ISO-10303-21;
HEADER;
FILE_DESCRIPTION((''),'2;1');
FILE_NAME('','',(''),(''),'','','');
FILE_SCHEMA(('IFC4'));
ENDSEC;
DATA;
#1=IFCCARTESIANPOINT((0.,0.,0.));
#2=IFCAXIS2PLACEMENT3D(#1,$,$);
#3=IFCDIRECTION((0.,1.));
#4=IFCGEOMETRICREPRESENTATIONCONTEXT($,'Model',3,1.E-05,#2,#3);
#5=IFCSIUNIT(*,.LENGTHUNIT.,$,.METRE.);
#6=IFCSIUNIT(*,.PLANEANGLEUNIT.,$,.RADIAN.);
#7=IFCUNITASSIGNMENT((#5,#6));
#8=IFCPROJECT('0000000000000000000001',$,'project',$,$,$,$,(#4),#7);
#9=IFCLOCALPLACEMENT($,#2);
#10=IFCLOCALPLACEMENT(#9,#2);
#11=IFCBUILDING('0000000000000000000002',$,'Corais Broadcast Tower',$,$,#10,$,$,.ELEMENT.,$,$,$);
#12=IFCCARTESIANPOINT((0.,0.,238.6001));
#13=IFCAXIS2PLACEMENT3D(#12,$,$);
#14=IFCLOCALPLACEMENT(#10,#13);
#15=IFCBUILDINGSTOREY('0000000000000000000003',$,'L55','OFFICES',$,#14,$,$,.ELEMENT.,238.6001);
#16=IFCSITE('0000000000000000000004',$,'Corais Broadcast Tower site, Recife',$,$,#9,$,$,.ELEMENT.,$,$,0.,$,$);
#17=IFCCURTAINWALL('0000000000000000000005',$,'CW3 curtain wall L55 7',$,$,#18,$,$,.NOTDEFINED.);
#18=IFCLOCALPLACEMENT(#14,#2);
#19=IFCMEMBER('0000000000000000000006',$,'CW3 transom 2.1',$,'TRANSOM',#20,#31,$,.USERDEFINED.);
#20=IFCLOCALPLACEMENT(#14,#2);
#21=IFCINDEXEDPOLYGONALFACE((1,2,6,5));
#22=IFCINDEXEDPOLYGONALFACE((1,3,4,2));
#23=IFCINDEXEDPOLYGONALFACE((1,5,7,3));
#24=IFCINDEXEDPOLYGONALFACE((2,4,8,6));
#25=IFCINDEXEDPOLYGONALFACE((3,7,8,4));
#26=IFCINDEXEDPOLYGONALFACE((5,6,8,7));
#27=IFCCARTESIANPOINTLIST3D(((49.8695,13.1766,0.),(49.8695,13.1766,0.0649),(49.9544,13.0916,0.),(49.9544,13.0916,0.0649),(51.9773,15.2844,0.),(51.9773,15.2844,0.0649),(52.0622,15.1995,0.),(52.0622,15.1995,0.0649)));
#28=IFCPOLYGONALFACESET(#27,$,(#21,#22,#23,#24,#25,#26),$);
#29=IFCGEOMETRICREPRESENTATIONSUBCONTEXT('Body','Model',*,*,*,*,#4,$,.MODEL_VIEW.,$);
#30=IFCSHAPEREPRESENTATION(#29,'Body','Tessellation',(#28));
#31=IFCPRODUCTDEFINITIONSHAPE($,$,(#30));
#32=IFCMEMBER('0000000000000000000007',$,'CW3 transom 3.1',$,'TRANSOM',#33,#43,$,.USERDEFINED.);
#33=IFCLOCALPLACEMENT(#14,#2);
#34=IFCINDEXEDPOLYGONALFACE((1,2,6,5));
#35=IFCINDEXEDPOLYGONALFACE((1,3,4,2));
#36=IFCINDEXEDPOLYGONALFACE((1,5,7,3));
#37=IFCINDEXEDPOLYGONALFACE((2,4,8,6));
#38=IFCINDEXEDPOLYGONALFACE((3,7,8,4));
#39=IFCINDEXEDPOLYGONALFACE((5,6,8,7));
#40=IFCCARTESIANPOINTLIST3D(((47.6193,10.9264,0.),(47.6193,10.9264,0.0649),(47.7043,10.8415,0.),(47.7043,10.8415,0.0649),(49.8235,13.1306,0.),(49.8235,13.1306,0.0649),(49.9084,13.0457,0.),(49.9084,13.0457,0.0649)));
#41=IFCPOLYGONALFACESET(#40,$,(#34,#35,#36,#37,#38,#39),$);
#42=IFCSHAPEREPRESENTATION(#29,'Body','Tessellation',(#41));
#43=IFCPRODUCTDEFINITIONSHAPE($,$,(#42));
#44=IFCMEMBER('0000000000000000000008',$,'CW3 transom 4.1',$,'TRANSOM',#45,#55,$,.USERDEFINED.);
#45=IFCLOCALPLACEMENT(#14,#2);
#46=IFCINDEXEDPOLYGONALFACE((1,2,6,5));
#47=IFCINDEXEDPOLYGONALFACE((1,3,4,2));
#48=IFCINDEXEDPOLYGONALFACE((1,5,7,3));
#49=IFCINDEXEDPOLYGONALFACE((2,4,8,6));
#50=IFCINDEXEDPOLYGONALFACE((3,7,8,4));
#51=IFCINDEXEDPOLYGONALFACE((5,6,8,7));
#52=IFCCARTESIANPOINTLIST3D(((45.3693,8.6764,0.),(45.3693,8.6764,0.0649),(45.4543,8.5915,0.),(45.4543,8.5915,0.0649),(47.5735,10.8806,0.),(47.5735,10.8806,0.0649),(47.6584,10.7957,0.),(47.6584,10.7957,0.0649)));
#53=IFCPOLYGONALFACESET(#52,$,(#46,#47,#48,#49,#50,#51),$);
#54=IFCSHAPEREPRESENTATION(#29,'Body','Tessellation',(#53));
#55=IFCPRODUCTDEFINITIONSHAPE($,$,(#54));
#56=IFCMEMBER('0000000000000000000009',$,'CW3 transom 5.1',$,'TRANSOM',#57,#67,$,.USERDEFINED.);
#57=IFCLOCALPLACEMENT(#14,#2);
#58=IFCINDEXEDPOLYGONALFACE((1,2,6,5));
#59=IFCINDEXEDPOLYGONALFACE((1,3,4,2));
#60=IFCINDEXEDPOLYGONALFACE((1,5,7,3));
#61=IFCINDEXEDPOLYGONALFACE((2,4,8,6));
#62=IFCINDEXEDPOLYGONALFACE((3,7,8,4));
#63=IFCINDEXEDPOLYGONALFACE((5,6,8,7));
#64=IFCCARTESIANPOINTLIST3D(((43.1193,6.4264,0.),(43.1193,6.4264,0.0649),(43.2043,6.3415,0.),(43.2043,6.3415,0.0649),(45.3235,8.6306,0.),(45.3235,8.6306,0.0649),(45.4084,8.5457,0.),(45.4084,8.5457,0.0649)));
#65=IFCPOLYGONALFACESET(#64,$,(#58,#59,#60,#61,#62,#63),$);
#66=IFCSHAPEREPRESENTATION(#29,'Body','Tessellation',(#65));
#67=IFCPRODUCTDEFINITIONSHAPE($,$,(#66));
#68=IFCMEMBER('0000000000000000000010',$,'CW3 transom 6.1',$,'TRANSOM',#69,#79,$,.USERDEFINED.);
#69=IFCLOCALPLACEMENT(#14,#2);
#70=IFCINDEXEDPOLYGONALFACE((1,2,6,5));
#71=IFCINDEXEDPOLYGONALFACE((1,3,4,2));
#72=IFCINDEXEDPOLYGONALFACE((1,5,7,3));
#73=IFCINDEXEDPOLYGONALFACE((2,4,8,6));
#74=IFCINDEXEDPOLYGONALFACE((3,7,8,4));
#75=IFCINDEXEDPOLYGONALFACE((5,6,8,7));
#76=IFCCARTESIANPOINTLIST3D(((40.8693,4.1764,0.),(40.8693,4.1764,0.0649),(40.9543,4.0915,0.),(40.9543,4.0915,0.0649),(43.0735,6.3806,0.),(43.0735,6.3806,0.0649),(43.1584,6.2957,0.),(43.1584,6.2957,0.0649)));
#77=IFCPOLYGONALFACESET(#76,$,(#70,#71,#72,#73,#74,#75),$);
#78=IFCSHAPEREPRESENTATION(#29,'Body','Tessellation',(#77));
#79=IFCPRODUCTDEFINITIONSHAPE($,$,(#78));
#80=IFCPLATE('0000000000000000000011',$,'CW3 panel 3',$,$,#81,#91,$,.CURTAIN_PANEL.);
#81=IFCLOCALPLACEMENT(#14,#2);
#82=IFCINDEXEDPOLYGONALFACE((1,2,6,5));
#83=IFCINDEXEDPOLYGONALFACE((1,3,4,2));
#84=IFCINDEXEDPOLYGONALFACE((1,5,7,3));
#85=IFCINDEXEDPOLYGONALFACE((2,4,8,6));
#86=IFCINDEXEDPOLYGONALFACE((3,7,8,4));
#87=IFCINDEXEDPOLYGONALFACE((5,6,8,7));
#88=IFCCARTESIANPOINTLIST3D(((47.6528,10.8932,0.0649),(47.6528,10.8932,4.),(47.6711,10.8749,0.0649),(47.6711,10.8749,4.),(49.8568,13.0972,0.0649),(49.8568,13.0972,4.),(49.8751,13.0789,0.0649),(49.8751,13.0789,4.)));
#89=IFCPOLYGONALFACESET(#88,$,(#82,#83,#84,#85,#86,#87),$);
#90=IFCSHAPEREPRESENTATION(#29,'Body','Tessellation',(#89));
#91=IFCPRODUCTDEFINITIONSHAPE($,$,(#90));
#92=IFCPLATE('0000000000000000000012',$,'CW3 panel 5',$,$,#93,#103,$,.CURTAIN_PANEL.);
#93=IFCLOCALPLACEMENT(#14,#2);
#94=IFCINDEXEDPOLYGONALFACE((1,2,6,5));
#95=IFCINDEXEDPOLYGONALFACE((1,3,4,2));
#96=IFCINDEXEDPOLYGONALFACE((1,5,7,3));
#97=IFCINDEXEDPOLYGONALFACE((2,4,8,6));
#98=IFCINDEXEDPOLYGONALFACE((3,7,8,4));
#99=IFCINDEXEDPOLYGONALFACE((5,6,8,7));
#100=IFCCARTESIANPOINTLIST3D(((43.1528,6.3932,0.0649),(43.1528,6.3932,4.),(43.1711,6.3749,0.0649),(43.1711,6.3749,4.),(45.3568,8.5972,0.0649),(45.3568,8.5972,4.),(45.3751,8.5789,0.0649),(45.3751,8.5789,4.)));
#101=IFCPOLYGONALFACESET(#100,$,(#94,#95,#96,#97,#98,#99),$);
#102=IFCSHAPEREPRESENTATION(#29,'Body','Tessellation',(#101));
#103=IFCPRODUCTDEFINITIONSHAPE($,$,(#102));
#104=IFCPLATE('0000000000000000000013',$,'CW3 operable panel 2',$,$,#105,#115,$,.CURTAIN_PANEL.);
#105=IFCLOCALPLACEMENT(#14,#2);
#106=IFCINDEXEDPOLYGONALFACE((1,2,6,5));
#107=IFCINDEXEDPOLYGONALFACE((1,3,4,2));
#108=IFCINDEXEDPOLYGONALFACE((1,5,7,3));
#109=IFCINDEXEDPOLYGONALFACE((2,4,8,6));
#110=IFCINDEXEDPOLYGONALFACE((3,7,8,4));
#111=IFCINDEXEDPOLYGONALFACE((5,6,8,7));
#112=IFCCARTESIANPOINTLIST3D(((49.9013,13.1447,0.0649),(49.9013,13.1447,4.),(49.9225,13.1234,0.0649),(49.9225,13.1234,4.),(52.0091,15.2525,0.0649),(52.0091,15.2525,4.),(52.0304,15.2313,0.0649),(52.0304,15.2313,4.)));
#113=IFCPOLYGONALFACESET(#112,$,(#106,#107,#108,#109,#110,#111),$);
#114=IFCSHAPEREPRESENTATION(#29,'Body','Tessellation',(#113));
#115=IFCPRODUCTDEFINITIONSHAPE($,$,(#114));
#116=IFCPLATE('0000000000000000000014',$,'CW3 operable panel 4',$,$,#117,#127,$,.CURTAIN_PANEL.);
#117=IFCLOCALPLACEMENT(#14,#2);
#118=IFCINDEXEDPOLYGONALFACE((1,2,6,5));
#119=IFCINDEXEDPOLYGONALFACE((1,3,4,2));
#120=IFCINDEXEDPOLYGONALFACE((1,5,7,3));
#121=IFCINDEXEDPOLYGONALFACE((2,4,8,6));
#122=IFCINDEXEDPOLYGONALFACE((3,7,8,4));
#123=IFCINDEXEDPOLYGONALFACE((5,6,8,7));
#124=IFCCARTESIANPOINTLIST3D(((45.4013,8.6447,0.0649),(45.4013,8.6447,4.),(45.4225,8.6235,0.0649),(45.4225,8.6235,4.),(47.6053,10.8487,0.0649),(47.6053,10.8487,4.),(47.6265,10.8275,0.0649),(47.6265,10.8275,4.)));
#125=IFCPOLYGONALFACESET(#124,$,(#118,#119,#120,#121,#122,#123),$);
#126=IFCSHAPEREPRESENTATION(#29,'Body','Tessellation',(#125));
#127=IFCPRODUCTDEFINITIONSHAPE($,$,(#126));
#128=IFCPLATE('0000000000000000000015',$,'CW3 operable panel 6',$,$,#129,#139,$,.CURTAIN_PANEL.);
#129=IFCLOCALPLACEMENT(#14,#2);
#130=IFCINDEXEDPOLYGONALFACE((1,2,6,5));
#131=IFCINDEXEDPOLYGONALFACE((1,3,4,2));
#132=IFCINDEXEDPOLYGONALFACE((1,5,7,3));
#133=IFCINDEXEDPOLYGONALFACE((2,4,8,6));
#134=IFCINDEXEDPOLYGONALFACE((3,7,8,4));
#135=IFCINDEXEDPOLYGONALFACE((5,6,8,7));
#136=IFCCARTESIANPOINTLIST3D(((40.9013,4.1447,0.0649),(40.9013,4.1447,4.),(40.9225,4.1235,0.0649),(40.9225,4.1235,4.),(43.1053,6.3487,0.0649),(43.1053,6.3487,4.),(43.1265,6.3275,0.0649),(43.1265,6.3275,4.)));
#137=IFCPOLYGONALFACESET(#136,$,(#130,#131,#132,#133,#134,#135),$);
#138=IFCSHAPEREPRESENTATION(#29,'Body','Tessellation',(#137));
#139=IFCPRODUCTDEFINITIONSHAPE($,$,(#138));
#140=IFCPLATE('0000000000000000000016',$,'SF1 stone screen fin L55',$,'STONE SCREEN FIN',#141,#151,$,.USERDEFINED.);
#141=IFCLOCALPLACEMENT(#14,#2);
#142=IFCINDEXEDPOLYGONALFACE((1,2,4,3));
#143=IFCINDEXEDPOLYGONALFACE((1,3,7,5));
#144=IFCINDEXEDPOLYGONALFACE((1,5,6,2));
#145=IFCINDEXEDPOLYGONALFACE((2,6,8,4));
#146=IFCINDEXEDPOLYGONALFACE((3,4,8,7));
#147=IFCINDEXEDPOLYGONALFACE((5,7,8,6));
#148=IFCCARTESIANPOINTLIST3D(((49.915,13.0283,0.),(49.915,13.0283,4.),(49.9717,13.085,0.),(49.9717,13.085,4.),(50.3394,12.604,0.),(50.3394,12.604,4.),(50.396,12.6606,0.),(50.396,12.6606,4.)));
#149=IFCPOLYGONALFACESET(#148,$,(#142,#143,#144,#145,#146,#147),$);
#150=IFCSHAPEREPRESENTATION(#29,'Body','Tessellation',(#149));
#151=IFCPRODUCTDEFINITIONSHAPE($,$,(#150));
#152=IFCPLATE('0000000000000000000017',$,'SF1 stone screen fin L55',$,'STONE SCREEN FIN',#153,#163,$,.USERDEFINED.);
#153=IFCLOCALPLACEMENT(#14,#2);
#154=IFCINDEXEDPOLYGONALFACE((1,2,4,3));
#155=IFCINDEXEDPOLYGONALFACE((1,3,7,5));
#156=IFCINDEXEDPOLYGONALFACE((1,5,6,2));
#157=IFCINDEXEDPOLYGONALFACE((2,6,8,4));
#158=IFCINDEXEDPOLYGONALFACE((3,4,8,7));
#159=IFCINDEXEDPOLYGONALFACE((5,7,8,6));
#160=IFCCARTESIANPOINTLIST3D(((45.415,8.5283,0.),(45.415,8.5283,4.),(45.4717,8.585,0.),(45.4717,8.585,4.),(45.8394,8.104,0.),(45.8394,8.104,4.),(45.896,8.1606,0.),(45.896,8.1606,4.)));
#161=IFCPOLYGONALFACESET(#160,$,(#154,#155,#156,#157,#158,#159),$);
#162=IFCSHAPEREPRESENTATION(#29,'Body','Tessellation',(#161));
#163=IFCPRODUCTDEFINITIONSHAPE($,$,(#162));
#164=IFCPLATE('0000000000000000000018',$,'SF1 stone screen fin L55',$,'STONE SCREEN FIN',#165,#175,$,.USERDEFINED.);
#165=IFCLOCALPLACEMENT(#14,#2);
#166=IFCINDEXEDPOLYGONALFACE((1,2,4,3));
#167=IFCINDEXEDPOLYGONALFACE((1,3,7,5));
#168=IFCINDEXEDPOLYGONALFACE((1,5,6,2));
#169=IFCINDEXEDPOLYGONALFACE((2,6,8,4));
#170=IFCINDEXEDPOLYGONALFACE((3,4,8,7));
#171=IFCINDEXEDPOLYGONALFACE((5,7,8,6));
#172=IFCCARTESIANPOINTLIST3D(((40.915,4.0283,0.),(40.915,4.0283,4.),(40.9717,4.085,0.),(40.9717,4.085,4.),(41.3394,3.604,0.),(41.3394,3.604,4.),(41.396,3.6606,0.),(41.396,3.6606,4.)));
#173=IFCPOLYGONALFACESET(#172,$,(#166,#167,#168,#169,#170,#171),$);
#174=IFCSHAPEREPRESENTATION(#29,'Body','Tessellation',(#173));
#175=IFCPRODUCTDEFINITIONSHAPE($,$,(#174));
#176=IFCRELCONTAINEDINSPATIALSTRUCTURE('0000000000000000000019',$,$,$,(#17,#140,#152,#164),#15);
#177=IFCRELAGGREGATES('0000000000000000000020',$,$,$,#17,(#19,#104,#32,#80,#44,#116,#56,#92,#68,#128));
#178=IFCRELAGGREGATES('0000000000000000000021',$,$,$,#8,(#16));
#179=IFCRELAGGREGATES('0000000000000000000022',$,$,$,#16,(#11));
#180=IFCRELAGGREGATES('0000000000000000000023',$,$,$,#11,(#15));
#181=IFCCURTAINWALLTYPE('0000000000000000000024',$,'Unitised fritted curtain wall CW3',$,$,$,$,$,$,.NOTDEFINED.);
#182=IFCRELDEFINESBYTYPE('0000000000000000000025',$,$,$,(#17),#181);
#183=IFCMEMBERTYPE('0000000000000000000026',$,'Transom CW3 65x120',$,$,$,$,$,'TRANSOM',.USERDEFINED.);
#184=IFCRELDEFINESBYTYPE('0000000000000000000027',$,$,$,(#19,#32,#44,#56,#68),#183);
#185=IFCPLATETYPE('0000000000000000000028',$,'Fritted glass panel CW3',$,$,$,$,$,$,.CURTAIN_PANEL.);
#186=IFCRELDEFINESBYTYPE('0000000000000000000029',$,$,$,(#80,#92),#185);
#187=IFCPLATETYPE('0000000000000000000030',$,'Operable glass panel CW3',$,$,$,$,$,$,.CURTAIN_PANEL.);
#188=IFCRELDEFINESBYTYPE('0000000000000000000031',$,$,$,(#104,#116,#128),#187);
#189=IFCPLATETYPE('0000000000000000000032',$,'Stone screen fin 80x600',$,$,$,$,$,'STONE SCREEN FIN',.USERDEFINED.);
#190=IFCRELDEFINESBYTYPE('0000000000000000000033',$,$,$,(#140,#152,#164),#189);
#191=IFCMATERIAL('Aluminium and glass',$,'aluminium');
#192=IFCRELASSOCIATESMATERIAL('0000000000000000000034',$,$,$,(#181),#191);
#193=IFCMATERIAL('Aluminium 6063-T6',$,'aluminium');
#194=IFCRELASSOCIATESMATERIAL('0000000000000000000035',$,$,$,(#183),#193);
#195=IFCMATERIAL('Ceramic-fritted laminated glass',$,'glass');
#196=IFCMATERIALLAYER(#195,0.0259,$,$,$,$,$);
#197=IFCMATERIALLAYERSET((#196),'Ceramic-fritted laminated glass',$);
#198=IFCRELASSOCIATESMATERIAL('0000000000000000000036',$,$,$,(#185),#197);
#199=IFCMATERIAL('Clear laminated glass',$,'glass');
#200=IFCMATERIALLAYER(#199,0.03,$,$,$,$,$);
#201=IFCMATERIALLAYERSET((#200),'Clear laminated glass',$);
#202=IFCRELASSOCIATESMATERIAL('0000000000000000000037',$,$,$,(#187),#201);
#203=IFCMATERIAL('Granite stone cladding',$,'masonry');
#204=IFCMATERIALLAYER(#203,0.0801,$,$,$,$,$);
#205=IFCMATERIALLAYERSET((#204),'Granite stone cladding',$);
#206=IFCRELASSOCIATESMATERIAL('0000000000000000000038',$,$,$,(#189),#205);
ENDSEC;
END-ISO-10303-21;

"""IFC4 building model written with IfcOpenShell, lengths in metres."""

from ifc_helpers import new_model, si_unit, direction, frame, origin, origin_2d, place, context, subcontext, project, spatial, rectangle, extrude, material, layer, layer_set, material_profile, profile_set, type_object, element, aggregate, save


model = new_model("IFC4")

# Units and contexts
model_context = context("Model", 3, precision=1e-05, world=origin(), true_north=direction((0.0, 1.0)))
body_context = subcontext(model_context, "Body", "Model", "MODEL_VIEW")
ifc_project = project(units=[si_unit("LENGTHUNIT", "METRE"), si_unit("PLANEANGLEUNIT", "RADIAN")], contexts=[model_context])

# Site, building, storey
site_placement = place(None, origin())
site = spatial("IfcSite", under=ifc_project, at=site_placement, Name="Corais Broadcast Tower site, Recife", CompositionType="ELEMENT", RefElevation=0.0)
building_placement = place(site_placement, origin())
building = spatial("IfcBuilding", under=site, at=building_placement, Name="Corais Broadcast Tower", CompositionType="ELEMENT")
storey_placement = place(building_placement, frame((0.0, 0.0, 238.6001)))
storey = spatial("IfcBuildingStorey", under=building, at=storey_placement, Name="L55", Description="OFFICES", CompositionType="ELEMENT", Elevation=238.6001)

# Curtain wall
ifc_material_1 = material(Name="Aluminium and glass", Category="aluminium")
curtain_wall_type = type_object("IfcCurtainWallType", Name="Unitised fritted curtain wall CW3", PredefinedType="NOTDEFINED", material=ifc_material_1)
curtain_wall_placement = place(storey_placement, origin())
curtain_wall = element("IfcCurtainWall", 1, at=curtain_wall_placement, inside=storey, type_object=curtain_wall_type, Name="CW3 curtain wall L55 7", PredefinedType="NOTDEFINED")

# Members
ifc_material_2 = material(Name="Aluminium 6063-T6", Category="aluminium")
ifc_material_profile_1 = material_profile(ifc_material_2, rectangle(XDim=0.1201, YDim=0.0649, at=origin_2d()), Name="Transom CW3 65x120")
ifc_profile_set_1 = profile_set([ifc_material_profile_1], Name="Aluminium 6063-T6")
member_type_1 = type_object("IfcMemberType", Name="Transom CW3 65x120", ElementType="TRANSOM", PredefinedType="USERDEFINED", material=ifc_profile_set_1)
member_1_placement = place(storey_placement, frame((52.0198, 15.2419, 0.0325), z_axis=(-0.707107, -0.707107, 0.0), x_axis=(0.707107, -0.707107, 0.0)))
member_1 = element("IfcMember", 2, at=member_1_placement, type_object=member_type_1, Name="CW3 transom 2.1", ObjectType="TRANSOM", PredefinedType="USERDEFINED", context=body_context, shape_type="SweptSolid", body=[
    extrude(rectangle(XDim=0.1201, YDim=0.0649, at=origin_2d()), origin(), (0.0, 0.0, 1.0), 2.981),
])
member_2_placement = place(storey_placement, frame((49.866, 13.0881, 0.0325), z_axis=(-0.707107, -0.707107, 0.0), x_axis=(0.707107, -0.707107, 0.0)))
member_2 = element("IfcMember", 3, at=member_2_placement, type_object=member_type_1, Name="CW3 transom 3.1", ObjectType="TRANSOM", PredefinedType="USERDEFINED", context=body_context, shape_type="SweptSolid", body=[
    extrude(rectangle(XDim=0.1201, YDim=0.0649, at=origin_2d()), origin(), (0.0, 0.0, 1.0), 3.1172),
])
member_3_placement = place(storey_placement, frame((47.616, 10.8381, 0.0325), z_axis=(-0.707107, -0.707107, 0.0), x_axis=(0.707107, -0.707107, 0.0)))
member_3 = element("IfcMember", 4, at=member_3_placement, type_object=member_type_1, Name="CW3 transom 4.1", ObjectType="TRANSOM", PredefinedType="USERDEFINED", context=body_context, shape_type="SweptSolid", body=[
    extrude(rectangle(XDim=0.1201, YDim=0.0649, at=origin_2d()), origin(), (0.0, 0.0, 1.0), 3.1172),
])
member_4_placement = place(storey_placement, frame((45.366, 8.5881, 0.0325), z_axis=(-0.707107, -0.707107, 0.0), x_axis=(0.707107, -0.707107, 0.0)))
member_4 = element("IfcMember", 5, at=member_4_placement, type_object=member_type_1, Name="CW3 transom 5.1", ObjectType="TRANSOM", PredefinedType="USERDEFINED", context=body_context, shape_type="SweptSolid", body=[
    extrude(rectangle(XDim=0.1201, YDim=0.0649, at=origin_2d()), origin(), (0.0, 0.0, 1.0), 3.1172),
])
member_5_placement = place(storey_placement, frame((43.116, 6.3381, 0.0325), z_axis=(-0.707107, -0.707107, 0.0), x_axis=(0.707107, -0.707107, 0.0)))
member_5 = element("IfcMember", 6, at=member_5_placement, type_object=member_type_1, Name="CW3 transom 6.1", ObjectType="TRANSOM", PredefinedType="USERDEFINED", context=body_context, shape_type="SweptSolid", body=[
    extrude(rectangle(XDim=0.1201, YDim=0.0649, at=origin_2d()), origin(), (0.0, 0.0, 1.0), 3.1172),
])

# Plates
ifc_material_3 = material(Name="Ceramic-fritted laminated glass", Category="glass")
ifc_layer_1 = layer(ifc_material_3, 0.0259)
ifc_layer_set_1 = layer_set([ifc_layer_1], Name="Ceramic-fritted laminated glass")
plate_type_1 = type_object("IfcPlateType", Name="Fritted glass panel CW3", PredefinedType="CURTAIN_PANEL", material=ifc_layer_set_1)
plate_1_placement = place(storey_placement, frame((48.7639, 11.9861, 0.0649), z_axis=(0.0, 0.0, 1.0), x_axis=(-0.707107, -0.707107, 0.0)))
plate_1 = element("IfcPlate", 7, at=plate_1_placement, type_object=plate_type_1, Name="CW3 panel 3", PredefinedType="CURTAIN_PANEL", context=body_context, shape_type="SweptSolid", body=[
    extrude(rectangle(XDim=3.1169, YDim=0.0259, at=origin_2d()), origin(), (0.0, 0.0, 1.0), 3.9351),
])
plate_2_placement = place(storey_placement, frame((44.2639, 7.4861, 0.0649), z_axis=(0.0, 0.0, 1.0), x_axis=(-0.707107, -0.707107, 0.0)))
plate_2 = element("IfcPlate", 8, at=plate_2_placement, type_object=plate_type_1, Name="CW3 panel 5", PredefinedType="CURTAIN_PANEL", context=body_context, shape_type="SweptSolid", body=[
    extrude(rectangle(XDim=3.1169, YDim=0.0259, at=origin_2d()), origin(), (0.0, 0.0, 1.0), 3.9351),
])
ifc_material_4 = material(Name="Clear laminated glass", Category="glass")
ifc_layer_2 = layer(ifc_material_4, 0.03)
ifc_layer_set_2 = layer_set([ifc_layer_2], Name="Clear laminated glass")
plate_type_2 = type_object("IfcPlateType", Name="Operable glass panel CW3", PredefinedType="CURTAIN_PANEL", material=ifc_layer_set_2)
plate_3_placement = place(storey_placement, frame((50.9658, 14.188, 0.0649), z_axis=(0.0, 0.0, 1.0), x_axis=(-0.707107, -0.707107, 0.0)))
plate_3 = element("IfcPlate", 9, at=plate_3_placement, type_object=plate_type_2, Name="CW3 operable panel 2", PredefinedType="CURTAIN_PANEL", context=body_context, shape_type="SweptSolid", body=[
    extrude(rectangle(XDim=2.981, YDim=0.03, at=origin_2d()), origin(), (0.0, 0.0, 1.0), 3.9351),
])
plate_4_placement = place(storey_placement, frame((46.5139, 9.7361, 0.0649), z_axis=(0.0, 0.0, 1.0), x_axis=(-0.707107, -0.707107, 0.0)))
plate_4 = element("IfcPlate", 10, at=plate_4_placement, type_object=plate_type_2, Name="CW3 operable panel 4", PredefinedType="CURTAIN_PANEL", context=body_context, shape_type="SweptSolid", body=[
    extrude(rectangle(XDim=3.1169, YDim=0.03, at=origin_2d()), origin(), (0.0, 0.0, 1.0), 3.9351),
])
plate_5_placement = place(storey_placement, frame((42.0139, 5.2361, 0.0649), z_axis=(0.0, 0.0, 1.0), x_axis=(-0.707107, -0.707107, 0.0)))
plate_5 = element("IfcPlate", 11, at=plate_5_placement, type_object=plate_type_2, Name="CW3 operable panel 6", PredefinedType="CURTAIN_PANEL", context=body_context, shape_type="SweptSolid", body=[
    extrude(rectangle(XDim=3.1169, YDim=0.03, at=origin_2d()), origin(), (0.0, 0.0, 1.0), 3.9351),
])
aggregate(curtain_wall, [member_1, plate_3, member_2, plate_1, member_3, plate_4, member_4, plate_2, member_5, plate_5])

# Plates
ifc_material_5 = material(Name="Granite stone cladding", Category="masonry")
ifc_layer_3 = layer(ifc_material_5, 0.0801)
ifc_layer_set_3 = layer_set([ifc_layer_3], Name="Granite stone cladding")
plate_type_3 = type_object("IfcPlateType", Name="Stone screen fin 80x600", ElementType="STONE SCREEN FIN", PredefinedType="USERDEFINED", material=ifc_layer_set_3)
for number, where, z_axis, x_axis, name in (
    (12, (50.1555, 12.8445, 0.0), (0.0, 0.0, 1.0), (-0.707107, -0.707107, 0.0), "SF1 stone screen fin L55"),
    (13, (45.6555, 8.3445, 0.0), (0.0, 0.0, 1.0), (-0.707107, -0.707107, 0.0), "SF1 stone screen fin L55"),
    (14, (41.1555, 3.8445, 0.0), (0.0, 0.0, 1.0), (-0.707107, -0.707107, 0.0), "SF1 stone screen fin L55"),
):
    element("IfcPlate", number, at=place(storey_placement, frame(where, z_axis=z_axis, x_axis=x_axis)), inside=storey, type_object=plate_type_3, Name=name, ObjectType="STONE SCREEN FIN", PredefinedType="USERDEFINED", context=body_context, shape_type="SweptSolid", body=[
        extrude(rectangle(XDim=0.0801, YDim=0.6001, at=origin_2d()), origin(), (0.0, 0.0, 1.0), 4.0),
    ])

save(model, "model.ifc")
